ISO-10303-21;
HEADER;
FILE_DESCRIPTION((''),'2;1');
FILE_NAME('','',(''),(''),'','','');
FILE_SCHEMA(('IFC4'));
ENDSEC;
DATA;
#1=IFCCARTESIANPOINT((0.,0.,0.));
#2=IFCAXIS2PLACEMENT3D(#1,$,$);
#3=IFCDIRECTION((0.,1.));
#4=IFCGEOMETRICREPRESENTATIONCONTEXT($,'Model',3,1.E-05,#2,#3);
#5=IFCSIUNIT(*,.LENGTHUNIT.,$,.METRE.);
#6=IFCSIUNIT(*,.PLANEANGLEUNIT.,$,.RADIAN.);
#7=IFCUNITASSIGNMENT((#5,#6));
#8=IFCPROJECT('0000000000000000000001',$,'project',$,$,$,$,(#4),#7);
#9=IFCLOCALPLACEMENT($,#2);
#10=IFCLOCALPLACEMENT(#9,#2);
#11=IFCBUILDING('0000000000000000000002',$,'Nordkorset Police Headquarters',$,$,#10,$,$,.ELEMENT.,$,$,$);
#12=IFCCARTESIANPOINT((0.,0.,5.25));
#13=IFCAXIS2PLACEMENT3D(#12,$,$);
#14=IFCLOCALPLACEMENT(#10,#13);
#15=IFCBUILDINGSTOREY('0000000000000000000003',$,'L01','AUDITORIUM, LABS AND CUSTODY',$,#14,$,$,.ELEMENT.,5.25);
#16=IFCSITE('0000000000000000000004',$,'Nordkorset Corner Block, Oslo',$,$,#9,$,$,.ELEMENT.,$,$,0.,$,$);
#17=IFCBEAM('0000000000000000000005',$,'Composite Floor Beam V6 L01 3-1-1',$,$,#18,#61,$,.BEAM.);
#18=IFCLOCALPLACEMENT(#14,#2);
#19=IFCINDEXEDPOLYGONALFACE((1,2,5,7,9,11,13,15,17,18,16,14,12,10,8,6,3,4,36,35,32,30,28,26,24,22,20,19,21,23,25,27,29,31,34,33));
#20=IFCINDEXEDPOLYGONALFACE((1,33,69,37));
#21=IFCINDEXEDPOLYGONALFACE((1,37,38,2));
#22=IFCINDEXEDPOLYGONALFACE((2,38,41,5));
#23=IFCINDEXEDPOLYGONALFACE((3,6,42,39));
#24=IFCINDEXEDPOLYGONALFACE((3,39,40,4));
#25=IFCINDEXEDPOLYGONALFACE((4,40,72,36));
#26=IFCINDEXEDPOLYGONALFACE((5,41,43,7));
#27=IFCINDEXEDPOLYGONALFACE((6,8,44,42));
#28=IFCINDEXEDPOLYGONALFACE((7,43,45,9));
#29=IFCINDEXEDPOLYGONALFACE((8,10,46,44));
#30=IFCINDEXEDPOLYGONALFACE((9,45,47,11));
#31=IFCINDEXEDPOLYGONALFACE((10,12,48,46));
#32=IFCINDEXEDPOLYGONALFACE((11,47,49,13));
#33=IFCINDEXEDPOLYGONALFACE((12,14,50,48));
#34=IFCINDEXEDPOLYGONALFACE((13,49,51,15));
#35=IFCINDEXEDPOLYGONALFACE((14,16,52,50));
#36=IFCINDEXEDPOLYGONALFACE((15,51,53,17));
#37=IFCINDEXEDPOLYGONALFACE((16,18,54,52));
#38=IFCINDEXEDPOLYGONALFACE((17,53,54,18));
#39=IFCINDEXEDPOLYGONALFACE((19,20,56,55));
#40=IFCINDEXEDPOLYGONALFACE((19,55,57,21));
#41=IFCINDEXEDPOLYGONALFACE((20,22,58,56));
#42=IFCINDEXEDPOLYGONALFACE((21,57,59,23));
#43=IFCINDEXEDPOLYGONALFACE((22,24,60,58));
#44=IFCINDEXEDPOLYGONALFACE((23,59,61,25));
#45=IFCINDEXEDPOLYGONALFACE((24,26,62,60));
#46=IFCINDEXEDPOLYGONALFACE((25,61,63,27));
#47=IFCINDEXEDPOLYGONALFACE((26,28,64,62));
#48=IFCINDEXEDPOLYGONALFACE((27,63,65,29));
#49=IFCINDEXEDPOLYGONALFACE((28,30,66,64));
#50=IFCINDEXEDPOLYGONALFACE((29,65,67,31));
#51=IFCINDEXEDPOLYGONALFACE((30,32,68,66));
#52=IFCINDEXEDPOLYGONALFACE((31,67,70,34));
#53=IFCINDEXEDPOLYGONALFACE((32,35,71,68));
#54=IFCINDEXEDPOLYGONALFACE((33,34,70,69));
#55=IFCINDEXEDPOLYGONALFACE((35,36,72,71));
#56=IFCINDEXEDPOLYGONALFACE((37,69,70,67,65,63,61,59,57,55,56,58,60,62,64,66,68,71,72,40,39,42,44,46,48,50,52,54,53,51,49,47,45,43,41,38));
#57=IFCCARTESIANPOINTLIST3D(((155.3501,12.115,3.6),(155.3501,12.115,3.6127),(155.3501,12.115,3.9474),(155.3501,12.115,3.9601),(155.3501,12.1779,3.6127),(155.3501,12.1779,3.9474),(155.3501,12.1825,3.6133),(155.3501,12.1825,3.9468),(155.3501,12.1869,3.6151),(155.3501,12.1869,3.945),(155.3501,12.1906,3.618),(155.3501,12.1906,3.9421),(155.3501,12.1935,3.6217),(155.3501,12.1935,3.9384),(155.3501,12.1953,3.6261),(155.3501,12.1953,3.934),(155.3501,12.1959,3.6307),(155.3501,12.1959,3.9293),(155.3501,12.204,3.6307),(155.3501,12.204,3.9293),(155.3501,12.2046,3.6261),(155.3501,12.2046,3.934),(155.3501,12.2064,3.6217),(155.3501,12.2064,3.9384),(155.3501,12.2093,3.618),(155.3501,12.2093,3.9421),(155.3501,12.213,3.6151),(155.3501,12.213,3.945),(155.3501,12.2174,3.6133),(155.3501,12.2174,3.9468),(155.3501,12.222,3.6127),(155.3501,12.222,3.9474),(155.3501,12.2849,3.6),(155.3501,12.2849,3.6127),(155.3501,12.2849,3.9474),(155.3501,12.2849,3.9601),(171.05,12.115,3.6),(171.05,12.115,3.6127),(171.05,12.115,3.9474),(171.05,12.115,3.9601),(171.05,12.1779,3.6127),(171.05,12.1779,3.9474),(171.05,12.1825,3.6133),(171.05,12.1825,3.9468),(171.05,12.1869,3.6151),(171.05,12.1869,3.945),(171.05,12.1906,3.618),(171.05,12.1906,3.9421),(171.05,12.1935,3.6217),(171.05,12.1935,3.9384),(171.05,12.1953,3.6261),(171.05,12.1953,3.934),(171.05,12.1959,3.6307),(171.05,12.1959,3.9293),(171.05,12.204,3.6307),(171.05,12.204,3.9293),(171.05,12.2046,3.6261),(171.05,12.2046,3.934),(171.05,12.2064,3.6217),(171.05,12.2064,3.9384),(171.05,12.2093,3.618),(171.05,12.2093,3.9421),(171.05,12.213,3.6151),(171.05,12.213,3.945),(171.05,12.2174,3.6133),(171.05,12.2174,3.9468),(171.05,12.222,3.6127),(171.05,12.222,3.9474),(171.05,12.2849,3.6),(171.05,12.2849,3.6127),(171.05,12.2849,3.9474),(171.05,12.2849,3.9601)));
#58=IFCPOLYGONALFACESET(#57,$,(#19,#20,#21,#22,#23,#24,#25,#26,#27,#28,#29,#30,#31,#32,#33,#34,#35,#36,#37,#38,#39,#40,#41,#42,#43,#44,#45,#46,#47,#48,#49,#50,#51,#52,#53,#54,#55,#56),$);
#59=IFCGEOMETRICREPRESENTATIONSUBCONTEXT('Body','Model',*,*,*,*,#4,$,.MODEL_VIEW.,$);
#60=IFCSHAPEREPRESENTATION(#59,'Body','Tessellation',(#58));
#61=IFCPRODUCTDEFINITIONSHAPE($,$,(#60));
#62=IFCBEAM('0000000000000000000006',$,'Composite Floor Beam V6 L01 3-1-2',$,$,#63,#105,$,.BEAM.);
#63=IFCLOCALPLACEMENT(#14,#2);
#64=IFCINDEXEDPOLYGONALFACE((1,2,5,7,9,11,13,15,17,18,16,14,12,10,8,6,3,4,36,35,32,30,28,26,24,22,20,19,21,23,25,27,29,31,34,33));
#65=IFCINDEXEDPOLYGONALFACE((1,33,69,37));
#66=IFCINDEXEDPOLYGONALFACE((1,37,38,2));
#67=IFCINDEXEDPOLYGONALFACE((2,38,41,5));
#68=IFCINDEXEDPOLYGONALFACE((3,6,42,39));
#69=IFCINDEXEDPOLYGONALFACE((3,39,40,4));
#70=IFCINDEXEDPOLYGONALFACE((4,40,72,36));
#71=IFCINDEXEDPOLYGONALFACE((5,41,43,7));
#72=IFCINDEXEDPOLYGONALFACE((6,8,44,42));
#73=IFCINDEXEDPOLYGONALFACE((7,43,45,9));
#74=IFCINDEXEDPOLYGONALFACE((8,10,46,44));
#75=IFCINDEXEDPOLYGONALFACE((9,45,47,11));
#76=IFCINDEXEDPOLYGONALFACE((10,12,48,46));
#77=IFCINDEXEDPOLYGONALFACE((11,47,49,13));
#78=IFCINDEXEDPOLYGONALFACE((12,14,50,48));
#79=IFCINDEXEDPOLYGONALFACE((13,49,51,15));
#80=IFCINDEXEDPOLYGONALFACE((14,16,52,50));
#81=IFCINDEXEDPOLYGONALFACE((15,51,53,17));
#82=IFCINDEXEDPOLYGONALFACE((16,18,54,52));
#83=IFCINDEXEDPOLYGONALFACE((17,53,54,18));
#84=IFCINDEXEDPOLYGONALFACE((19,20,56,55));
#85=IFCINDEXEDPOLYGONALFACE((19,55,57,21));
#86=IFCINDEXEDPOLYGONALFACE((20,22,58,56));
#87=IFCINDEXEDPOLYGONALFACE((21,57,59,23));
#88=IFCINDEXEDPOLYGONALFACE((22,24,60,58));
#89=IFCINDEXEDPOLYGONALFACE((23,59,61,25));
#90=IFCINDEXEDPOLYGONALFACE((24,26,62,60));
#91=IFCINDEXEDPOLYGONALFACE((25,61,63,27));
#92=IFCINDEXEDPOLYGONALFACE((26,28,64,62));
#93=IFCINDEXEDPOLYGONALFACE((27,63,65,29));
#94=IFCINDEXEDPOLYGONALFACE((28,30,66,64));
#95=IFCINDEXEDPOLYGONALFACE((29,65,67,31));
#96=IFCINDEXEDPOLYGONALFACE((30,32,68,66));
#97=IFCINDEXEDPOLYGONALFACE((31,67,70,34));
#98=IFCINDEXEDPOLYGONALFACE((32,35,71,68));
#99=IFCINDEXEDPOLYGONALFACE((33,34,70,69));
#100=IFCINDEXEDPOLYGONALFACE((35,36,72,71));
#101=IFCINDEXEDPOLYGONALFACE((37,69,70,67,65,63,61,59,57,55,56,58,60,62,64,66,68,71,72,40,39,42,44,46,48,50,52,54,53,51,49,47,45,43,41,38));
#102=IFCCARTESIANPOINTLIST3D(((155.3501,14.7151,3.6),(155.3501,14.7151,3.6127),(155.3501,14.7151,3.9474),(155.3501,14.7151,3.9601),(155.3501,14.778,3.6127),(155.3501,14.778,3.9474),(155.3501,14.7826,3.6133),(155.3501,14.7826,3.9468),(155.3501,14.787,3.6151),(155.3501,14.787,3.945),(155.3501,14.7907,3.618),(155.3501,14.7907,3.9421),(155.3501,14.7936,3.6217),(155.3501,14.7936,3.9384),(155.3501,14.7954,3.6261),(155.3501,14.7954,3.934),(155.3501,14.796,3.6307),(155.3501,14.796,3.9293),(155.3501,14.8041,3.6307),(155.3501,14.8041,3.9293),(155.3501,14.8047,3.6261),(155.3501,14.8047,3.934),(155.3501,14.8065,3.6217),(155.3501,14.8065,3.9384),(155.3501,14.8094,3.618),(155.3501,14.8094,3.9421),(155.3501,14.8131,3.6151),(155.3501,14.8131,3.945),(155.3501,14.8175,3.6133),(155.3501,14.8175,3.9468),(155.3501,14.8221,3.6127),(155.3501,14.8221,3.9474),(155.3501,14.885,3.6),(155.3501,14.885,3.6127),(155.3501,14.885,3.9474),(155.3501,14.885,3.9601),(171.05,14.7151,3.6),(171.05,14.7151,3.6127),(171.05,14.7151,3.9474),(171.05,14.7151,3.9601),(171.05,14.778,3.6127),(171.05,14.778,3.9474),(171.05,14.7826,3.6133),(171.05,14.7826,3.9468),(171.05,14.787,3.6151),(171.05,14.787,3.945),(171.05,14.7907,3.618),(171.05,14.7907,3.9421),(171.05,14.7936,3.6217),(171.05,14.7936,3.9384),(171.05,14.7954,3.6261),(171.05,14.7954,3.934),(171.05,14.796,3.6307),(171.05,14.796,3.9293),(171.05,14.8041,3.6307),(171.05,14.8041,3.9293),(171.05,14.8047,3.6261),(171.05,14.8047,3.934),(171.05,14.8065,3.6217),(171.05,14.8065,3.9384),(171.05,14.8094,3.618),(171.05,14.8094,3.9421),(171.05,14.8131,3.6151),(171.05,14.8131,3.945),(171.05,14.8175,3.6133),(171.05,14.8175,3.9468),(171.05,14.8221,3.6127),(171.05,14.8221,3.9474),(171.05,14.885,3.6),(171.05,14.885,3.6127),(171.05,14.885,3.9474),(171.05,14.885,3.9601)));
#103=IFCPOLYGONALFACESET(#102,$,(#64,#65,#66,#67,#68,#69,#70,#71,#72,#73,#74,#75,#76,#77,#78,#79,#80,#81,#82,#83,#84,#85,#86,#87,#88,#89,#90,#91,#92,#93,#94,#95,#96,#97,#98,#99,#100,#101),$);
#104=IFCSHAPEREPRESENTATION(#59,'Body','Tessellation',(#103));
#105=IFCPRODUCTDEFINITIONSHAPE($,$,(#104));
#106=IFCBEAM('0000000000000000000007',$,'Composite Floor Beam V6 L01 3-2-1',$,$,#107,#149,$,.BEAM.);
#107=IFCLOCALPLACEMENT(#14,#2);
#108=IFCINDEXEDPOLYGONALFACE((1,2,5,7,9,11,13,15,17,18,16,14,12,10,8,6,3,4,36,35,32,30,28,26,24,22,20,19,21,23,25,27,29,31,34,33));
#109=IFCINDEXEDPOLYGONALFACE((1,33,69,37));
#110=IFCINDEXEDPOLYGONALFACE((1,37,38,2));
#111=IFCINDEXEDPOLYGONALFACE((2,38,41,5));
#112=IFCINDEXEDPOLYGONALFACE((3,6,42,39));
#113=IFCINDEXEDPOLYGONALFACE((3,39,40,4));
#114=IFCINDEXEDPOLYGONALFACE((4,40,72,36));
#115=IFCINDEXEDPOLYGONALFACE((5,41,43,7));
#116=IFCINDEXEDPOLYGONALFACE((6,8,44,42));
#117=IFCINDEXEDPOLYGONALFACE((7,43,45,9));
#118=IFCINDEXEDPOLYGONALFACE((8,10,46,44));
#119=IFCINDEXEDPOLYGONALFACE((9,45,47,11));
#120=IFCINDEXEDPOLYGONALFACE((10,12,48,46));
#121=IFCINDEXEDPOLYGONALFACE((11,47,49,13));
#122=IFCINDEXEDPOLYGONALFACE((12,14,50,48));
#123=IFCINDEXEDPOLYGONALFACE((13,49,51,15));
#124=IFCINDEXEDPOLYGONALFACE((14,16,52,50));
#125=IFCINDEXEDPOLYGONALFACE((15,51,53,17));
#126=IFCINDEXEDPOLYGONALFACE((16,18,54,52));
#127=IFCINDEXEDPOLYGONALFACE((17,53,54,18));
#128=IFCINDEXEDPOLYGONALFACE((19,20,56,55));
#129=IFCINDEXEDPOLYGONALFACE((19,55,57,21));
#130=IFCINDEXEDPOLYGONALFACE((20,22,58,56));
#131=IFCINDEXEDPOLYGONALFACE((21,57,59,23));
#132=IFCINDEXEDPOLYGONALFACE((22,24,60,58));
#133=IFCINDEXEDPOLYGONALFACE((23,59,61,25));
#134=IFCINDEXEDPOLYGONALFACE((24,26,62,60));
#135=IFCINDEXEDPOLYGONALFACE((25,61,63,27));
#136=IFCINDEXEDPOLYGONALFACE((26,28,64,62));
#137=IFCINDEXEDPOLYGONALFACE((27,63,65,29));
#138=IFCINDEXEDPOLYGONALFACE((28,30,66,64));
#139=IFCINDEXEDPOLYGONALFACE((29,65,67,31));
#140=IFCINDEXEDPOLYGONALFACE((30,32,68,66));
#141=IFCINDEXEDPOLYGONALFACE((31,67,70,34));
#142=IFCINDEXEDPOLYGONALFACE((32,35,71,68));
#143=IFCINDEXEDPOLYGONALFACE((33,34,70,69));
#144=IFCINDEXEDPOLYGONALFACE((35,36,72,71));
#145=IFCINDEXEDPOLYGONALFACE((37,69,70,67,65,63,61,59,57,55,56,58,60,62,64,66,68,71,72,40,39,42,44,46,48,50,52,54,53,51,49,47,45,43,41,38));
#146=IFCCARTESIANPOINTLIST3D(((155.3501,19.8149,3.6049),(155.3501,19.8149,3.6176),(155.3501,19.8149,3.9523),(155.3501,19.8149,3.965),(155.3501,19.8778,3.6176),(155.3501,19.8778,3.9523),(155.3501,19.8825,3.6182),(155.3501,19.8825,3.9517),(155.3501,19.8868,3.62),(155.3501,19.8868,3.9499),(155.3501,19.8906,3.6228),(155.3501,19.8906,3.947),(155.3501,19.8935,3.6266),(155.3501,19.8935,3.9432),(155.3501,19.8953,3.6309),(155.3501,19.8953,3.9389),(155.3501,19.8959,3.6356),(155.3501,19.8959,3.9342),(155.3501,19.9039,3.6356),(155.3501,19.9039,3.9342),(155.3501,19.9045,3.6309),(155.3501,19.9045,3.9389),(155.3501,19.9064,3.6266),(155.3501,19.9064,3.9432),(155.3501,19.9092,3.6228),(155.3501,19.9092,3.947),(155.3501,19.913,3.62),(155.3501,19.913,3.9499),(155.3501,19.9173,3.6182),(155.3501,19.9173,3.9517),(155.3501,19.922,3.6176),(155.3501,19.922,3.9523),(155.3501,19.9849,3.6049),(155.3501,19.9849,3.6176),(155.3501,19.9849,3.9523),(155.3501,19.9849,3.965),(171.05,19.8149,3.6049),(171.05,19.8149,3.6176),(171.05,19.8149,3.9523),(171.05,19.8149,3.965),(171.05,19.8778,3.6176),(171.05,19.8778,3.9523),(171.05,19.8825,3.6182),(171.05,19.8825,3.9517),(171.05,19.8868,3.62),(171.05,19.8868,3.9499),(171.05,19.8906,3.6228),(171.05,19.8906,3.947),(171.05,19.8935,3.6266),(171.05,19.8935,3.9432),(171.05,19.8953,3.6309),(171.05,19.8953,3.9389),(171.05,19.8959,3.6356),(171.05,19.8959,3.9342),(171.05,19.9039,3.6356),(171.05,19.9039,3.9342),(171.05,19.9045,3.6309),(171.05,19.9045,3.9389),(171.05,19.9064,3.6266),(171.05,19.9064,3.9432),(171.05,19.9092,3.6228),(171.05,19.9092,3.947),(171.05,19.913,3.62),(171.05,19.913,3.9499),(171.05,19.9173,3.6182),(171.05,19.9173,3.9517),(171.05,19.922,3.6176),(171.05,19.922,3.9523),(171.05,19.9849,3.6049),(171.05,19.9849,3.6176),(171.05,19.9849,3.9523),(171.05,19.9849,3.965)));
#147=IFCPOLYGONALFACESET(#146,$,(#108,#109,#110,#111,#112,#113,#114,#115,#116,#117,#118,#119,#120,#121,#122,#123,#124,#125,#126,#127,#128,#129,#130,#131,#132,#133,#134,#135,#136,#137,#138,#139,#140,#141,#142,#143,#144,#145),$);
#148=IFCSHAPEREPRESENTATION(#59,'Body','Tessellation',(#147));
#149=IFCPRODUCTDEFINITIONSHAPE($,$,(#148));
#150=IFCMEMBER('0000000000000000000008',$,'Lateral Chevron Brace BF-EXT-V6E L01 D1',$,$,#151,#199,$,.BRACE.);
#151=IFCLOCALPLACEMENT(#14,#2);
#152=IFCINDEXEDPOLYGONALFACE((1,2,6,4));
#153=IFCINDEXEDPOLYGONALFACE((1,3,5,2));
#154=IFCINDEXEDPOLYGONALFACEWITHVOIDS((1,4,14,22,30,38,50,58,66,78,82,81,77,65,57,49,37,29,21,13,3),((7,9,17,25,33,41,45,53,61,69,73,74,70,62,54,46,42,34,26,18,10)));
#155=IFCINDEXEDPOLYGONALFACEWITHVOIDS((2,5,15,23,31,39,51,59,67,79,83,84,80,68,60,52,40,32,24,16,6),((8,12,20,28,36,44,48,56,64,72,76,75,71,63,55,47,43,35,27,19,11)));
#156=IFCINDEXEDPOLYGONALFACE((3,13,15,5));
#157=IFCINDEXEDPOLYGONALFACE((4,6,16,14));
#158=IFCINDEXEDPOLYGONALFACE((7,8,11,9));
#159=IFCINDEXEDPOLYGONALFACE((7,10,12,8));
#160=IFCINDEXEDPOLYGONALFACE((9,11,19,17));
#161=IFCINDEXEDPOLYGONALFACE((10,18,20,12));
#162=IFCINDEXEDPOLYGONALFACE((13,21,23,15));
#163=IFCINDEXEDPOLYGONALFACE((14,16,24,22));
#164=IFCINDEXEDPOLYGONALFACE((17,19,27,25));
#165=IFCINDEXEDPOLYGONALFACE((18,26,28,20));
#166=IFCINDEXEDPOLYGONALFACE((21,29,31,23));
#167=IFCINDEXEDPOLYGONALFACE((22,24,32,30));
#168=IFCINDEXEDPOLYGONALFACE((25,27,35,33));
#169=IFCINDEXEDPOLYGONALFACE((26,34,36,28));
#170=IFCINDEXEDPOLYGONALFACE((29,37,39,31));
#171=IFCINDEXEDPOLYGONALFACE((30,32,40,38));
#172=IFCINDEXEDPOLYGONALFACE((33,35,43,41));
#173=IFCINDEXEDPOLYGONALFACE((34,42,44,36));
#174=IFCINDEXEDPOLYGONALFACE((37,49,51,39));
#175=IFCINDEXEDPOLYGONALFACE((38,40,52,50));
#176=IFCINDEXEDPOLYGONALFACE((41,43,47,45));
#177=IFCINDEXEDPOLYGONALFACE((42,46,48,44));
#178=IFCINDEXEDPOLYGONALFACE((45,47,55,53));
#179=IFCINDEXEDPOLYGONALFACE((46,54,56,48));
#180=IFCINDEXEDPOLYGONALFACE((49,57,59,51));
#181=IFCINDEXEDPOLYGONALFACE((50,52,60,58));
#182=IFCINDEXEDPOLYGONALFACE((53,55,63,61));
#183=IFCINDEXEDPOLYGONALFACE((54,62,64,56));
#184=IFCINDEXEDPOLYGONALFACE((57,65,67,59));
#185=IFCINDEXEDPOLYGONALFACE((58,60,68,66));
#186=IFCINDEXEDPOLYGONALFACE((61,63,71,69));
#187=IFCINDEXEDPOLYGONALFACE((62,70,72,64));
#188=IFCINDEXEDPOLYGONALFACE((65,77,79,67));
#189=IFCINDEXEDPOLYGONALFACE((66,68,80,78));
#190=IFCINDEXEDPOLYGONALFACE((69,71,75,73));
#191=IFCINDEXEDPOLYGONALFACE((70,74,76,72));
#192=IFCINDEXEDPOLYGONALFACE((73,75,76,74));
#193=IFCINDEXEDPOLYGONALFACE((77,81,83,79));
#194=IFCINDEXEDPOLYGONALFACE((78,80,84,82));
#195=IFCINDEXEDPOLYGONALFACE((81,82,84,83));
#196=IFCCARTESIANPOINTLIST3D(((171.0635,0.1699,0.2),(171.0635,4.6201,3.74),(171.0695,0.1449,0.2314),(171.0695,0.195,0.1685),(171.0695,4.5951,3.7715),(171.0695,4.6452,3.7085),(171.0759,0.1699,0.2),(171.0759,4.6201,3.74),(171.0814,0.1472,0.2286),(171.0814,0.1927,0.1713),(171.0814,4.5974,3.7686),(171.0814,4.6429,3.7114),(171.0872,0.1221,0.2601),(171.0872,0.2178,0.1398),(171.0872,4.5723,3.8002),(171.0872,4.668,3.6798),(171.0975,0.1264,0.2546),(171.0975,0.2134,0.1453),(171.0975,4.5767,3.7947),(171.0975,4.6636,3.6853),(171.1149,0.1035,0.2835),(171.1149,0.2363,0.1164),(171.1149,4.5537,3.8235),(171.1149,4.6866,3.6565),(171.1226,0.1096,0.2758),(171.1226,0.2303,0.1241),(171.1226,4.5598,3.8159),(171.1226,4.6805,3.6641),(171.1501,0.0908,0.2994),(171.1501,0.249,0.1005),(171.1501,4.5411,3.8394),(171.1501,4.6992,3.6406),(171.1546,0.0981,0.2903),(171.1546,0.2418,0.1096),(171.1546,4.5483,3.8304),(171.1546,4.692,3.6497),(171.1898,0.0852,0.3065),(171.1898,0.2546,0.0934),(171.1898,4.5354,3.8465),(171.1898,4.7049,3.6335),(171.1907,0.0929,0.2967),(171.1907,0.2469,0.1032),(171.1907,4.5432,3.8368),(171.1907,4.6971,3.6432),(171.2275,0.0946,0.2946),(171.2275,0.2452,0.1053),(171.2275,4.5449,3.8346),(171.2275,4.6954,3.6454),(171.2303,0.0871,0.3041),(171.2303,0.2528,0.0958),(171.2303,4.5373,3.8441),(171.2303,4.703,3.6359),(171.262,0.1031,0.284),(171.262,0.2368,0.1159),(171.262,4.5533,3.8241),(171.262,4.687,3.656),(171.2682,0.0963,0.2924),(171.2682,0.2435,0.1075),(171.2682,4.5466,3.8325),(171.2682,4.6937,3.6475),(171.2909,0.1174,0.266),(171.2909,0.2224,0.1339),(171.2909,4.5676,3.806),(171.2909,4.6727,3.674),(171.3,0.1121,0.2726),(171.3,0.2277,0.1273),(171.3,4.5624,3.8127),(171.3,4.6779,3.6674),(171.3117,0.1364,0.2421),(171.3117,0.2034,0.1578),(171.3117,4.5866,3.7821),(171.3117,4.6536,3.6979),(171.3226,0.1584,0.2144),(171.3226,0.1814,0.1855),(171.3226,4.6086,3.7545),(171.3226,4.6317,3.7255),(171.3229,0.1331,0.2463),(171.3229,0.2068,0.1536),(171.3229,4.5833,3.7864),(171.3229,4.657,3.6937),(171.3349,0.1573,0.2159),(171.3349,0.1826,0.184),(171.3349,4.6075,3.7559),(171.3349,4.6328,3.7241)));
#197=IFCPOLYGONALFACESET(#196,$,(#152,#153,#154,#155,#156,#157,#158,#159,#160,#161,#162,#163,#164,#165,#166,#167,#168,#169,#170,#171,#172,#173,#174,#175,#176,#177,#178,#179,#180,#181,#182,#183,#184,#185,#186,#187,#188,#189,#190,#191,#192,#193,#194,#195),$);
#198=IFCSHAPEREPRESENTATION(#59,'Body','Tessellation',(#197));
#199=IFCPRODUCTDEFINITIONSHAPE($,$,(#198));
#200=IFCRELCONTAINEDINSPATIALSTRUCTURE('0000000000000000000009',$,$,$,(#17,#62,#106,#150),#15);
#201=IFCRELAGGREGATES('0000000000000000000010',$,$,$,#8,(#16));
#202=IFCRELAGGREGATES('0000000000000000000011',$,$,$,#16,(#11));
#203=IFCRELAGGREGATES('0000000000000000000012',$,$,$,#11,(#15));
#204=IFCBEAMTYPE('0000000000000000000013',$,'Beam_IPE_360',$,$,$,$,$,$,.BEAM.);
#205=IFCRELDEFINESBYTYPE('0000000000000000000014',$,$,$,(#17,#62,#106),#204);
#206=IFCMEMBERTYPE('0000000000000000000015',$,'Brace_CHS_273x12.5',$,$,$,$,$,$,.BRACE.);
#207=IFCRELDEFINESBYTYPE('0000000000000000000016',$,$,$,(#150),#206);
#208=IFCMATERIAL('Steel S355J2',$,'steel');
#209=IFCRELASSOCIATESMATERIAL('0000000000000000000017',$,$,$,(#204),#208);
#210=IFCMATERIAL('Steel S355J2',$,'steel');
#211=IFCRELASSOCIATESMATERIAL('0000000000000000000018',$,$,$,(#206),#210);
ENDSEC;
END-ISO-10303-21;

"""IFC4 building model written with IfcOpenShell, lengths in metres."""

from ifc_helpers import new_model, si_unit, direction, frame, origin, origin_2d, place, context, subcontext, project, spatial, hollow_circle, i_section, extrude, material, material_profile, profile_set, type_object, element, save


model = new_model("IFC4")

# Units and contexts
model_context = context("Model", 3, precision=1e-05, world=origin(), true_north=direction((0.0, 1.0)))
body_context = subcontext(model_context, "Body", "Model", "MODEL_VIEW")
ifc_project = project(units=[si_unit("LENGTHUNIT", "METRE"), si_unit("PLANEANGLEUNIT", "RADIAN")], contexts=[model_context])

# Site, building, storey
site_placement = place(None, origin())
site = spatial("IfcSite", under=ifc_project, at=site_placement, Name="Nordkorset Corner Block, Oslo", CompositionType="ELEMENT", RefElevation=0.0)
building_placement = place(site_placement, origin())
building = spatial("IfcBuilding", under=site, at=building_placement, Name="Nordkorset Police Headquarters", CompositionType="ELEMENT")
storey_placement = place(building_placement, frame((0.0, 0.0, 5.25)))
storey = spatial("IfcBuildingStorey", under=building, at=storey_placement, Name="L01", Description="AUDITORIUM, LABS AND CUSTODY", CompositionType="ELEMENT", Elevation=5.25)

# Beams
ifc_material_1 = material(Name="Steel S355J2", Category="steel")
ifc_material_profile_1 = material_profile(ifc_material_1, i_section(OverallWidth=0.1699, OverallDepth=0.3601, WebThickness=0.0081, FlangeThickness=0.0127, FilletRadius=0.0181, at=origin_2d()), Name="IPE 360")
ifc_profile_set_1 = profile_set([ifc_material_profile_1], Name="Steel S355J2")
beam_type_1 = type_object("IfcBeamType", Name="Beam_IPE_360", PredefinedType="BEAM", material=ifc_profile_set_1)
for number, where, z_axis, x_axis, name in (
    (1, (155.3501, 12.2, 3.78), (1.0, 0.0, 0.0), (0.0, 1.0, 0.0), "Composite Floor Beam V6 L01 3-1-1"),
    (2, (155.3501, 14.8, 3.78), (1.0, 0.0, 0.0), (0.0, 1.0, 0.0), "Composite Floor Beam V6 L01 3-1-2"),
    (3, (155.3501, 19.8999, 3.7849), (1.0, 0.0, 0.0), (0.0, 1.0, 0.0), "Composite Floor Beam V6 L01 3-2-1"),
):
    element("IfcBeam", number, at=place(storey_placement, frame(where, z_axis=z_axis, x_axis=x_axis)), inside=storey, type_object=beam_type_1, Name=name, PredefinedType="BEAM", context=body_context, shape_type="SweptSolid", body=[
        extrude(i_section(OverallWidth=0.1699, OverallDepth=0.3601, WebThickness=0.0081, FlangeThickness=0.0127, FilletRadius=0.0181, at=origin_2d()), origin(), (0.0, 0.0, 1.0), 15.7),
    ])

# Member
ifc_material_2 = material(Name="Steel S355J2", Category="steel")
ifc_material_profile_2 = material_profile(ifc_material_2, hollow_circle(Radius=0.1365, WallThickness=0.0125, at=origin_2d()), Name="CHS 273x12.5")
ifc_profile_set_2 = profile_set([ifc_material_profile_2], Name="Steel S355J2")
member_type = type_object("IfcMemberType", Name="Brace_CHS_273x12.5", PredefinedType="BRACE", material=ifc_profile_set_2)
member_1_placement = place(storey_placement, frame((171.2, 0.1699, 0.2), z_axis=(0.0, 0.782592, 0.622536), x_axis=(-1.0, 0.0, 0.0)))
element("IfcMember", 4, at=member_1_placement, inside=storey, type_object=member_type, Name="Lateral Chevron Brace BF-EXT-V6E L01 D1", PredefinedType="BRACE", context=body_context, shape_type="SweptSolid", body=[
    extrude(hollow_circle(Radius=0.1365, WallThickness=0.0125, at=origin_2d()), origin(), (0.0, 0.0, 1.0), 5.6865),
])

save(model, "model.ifc")
